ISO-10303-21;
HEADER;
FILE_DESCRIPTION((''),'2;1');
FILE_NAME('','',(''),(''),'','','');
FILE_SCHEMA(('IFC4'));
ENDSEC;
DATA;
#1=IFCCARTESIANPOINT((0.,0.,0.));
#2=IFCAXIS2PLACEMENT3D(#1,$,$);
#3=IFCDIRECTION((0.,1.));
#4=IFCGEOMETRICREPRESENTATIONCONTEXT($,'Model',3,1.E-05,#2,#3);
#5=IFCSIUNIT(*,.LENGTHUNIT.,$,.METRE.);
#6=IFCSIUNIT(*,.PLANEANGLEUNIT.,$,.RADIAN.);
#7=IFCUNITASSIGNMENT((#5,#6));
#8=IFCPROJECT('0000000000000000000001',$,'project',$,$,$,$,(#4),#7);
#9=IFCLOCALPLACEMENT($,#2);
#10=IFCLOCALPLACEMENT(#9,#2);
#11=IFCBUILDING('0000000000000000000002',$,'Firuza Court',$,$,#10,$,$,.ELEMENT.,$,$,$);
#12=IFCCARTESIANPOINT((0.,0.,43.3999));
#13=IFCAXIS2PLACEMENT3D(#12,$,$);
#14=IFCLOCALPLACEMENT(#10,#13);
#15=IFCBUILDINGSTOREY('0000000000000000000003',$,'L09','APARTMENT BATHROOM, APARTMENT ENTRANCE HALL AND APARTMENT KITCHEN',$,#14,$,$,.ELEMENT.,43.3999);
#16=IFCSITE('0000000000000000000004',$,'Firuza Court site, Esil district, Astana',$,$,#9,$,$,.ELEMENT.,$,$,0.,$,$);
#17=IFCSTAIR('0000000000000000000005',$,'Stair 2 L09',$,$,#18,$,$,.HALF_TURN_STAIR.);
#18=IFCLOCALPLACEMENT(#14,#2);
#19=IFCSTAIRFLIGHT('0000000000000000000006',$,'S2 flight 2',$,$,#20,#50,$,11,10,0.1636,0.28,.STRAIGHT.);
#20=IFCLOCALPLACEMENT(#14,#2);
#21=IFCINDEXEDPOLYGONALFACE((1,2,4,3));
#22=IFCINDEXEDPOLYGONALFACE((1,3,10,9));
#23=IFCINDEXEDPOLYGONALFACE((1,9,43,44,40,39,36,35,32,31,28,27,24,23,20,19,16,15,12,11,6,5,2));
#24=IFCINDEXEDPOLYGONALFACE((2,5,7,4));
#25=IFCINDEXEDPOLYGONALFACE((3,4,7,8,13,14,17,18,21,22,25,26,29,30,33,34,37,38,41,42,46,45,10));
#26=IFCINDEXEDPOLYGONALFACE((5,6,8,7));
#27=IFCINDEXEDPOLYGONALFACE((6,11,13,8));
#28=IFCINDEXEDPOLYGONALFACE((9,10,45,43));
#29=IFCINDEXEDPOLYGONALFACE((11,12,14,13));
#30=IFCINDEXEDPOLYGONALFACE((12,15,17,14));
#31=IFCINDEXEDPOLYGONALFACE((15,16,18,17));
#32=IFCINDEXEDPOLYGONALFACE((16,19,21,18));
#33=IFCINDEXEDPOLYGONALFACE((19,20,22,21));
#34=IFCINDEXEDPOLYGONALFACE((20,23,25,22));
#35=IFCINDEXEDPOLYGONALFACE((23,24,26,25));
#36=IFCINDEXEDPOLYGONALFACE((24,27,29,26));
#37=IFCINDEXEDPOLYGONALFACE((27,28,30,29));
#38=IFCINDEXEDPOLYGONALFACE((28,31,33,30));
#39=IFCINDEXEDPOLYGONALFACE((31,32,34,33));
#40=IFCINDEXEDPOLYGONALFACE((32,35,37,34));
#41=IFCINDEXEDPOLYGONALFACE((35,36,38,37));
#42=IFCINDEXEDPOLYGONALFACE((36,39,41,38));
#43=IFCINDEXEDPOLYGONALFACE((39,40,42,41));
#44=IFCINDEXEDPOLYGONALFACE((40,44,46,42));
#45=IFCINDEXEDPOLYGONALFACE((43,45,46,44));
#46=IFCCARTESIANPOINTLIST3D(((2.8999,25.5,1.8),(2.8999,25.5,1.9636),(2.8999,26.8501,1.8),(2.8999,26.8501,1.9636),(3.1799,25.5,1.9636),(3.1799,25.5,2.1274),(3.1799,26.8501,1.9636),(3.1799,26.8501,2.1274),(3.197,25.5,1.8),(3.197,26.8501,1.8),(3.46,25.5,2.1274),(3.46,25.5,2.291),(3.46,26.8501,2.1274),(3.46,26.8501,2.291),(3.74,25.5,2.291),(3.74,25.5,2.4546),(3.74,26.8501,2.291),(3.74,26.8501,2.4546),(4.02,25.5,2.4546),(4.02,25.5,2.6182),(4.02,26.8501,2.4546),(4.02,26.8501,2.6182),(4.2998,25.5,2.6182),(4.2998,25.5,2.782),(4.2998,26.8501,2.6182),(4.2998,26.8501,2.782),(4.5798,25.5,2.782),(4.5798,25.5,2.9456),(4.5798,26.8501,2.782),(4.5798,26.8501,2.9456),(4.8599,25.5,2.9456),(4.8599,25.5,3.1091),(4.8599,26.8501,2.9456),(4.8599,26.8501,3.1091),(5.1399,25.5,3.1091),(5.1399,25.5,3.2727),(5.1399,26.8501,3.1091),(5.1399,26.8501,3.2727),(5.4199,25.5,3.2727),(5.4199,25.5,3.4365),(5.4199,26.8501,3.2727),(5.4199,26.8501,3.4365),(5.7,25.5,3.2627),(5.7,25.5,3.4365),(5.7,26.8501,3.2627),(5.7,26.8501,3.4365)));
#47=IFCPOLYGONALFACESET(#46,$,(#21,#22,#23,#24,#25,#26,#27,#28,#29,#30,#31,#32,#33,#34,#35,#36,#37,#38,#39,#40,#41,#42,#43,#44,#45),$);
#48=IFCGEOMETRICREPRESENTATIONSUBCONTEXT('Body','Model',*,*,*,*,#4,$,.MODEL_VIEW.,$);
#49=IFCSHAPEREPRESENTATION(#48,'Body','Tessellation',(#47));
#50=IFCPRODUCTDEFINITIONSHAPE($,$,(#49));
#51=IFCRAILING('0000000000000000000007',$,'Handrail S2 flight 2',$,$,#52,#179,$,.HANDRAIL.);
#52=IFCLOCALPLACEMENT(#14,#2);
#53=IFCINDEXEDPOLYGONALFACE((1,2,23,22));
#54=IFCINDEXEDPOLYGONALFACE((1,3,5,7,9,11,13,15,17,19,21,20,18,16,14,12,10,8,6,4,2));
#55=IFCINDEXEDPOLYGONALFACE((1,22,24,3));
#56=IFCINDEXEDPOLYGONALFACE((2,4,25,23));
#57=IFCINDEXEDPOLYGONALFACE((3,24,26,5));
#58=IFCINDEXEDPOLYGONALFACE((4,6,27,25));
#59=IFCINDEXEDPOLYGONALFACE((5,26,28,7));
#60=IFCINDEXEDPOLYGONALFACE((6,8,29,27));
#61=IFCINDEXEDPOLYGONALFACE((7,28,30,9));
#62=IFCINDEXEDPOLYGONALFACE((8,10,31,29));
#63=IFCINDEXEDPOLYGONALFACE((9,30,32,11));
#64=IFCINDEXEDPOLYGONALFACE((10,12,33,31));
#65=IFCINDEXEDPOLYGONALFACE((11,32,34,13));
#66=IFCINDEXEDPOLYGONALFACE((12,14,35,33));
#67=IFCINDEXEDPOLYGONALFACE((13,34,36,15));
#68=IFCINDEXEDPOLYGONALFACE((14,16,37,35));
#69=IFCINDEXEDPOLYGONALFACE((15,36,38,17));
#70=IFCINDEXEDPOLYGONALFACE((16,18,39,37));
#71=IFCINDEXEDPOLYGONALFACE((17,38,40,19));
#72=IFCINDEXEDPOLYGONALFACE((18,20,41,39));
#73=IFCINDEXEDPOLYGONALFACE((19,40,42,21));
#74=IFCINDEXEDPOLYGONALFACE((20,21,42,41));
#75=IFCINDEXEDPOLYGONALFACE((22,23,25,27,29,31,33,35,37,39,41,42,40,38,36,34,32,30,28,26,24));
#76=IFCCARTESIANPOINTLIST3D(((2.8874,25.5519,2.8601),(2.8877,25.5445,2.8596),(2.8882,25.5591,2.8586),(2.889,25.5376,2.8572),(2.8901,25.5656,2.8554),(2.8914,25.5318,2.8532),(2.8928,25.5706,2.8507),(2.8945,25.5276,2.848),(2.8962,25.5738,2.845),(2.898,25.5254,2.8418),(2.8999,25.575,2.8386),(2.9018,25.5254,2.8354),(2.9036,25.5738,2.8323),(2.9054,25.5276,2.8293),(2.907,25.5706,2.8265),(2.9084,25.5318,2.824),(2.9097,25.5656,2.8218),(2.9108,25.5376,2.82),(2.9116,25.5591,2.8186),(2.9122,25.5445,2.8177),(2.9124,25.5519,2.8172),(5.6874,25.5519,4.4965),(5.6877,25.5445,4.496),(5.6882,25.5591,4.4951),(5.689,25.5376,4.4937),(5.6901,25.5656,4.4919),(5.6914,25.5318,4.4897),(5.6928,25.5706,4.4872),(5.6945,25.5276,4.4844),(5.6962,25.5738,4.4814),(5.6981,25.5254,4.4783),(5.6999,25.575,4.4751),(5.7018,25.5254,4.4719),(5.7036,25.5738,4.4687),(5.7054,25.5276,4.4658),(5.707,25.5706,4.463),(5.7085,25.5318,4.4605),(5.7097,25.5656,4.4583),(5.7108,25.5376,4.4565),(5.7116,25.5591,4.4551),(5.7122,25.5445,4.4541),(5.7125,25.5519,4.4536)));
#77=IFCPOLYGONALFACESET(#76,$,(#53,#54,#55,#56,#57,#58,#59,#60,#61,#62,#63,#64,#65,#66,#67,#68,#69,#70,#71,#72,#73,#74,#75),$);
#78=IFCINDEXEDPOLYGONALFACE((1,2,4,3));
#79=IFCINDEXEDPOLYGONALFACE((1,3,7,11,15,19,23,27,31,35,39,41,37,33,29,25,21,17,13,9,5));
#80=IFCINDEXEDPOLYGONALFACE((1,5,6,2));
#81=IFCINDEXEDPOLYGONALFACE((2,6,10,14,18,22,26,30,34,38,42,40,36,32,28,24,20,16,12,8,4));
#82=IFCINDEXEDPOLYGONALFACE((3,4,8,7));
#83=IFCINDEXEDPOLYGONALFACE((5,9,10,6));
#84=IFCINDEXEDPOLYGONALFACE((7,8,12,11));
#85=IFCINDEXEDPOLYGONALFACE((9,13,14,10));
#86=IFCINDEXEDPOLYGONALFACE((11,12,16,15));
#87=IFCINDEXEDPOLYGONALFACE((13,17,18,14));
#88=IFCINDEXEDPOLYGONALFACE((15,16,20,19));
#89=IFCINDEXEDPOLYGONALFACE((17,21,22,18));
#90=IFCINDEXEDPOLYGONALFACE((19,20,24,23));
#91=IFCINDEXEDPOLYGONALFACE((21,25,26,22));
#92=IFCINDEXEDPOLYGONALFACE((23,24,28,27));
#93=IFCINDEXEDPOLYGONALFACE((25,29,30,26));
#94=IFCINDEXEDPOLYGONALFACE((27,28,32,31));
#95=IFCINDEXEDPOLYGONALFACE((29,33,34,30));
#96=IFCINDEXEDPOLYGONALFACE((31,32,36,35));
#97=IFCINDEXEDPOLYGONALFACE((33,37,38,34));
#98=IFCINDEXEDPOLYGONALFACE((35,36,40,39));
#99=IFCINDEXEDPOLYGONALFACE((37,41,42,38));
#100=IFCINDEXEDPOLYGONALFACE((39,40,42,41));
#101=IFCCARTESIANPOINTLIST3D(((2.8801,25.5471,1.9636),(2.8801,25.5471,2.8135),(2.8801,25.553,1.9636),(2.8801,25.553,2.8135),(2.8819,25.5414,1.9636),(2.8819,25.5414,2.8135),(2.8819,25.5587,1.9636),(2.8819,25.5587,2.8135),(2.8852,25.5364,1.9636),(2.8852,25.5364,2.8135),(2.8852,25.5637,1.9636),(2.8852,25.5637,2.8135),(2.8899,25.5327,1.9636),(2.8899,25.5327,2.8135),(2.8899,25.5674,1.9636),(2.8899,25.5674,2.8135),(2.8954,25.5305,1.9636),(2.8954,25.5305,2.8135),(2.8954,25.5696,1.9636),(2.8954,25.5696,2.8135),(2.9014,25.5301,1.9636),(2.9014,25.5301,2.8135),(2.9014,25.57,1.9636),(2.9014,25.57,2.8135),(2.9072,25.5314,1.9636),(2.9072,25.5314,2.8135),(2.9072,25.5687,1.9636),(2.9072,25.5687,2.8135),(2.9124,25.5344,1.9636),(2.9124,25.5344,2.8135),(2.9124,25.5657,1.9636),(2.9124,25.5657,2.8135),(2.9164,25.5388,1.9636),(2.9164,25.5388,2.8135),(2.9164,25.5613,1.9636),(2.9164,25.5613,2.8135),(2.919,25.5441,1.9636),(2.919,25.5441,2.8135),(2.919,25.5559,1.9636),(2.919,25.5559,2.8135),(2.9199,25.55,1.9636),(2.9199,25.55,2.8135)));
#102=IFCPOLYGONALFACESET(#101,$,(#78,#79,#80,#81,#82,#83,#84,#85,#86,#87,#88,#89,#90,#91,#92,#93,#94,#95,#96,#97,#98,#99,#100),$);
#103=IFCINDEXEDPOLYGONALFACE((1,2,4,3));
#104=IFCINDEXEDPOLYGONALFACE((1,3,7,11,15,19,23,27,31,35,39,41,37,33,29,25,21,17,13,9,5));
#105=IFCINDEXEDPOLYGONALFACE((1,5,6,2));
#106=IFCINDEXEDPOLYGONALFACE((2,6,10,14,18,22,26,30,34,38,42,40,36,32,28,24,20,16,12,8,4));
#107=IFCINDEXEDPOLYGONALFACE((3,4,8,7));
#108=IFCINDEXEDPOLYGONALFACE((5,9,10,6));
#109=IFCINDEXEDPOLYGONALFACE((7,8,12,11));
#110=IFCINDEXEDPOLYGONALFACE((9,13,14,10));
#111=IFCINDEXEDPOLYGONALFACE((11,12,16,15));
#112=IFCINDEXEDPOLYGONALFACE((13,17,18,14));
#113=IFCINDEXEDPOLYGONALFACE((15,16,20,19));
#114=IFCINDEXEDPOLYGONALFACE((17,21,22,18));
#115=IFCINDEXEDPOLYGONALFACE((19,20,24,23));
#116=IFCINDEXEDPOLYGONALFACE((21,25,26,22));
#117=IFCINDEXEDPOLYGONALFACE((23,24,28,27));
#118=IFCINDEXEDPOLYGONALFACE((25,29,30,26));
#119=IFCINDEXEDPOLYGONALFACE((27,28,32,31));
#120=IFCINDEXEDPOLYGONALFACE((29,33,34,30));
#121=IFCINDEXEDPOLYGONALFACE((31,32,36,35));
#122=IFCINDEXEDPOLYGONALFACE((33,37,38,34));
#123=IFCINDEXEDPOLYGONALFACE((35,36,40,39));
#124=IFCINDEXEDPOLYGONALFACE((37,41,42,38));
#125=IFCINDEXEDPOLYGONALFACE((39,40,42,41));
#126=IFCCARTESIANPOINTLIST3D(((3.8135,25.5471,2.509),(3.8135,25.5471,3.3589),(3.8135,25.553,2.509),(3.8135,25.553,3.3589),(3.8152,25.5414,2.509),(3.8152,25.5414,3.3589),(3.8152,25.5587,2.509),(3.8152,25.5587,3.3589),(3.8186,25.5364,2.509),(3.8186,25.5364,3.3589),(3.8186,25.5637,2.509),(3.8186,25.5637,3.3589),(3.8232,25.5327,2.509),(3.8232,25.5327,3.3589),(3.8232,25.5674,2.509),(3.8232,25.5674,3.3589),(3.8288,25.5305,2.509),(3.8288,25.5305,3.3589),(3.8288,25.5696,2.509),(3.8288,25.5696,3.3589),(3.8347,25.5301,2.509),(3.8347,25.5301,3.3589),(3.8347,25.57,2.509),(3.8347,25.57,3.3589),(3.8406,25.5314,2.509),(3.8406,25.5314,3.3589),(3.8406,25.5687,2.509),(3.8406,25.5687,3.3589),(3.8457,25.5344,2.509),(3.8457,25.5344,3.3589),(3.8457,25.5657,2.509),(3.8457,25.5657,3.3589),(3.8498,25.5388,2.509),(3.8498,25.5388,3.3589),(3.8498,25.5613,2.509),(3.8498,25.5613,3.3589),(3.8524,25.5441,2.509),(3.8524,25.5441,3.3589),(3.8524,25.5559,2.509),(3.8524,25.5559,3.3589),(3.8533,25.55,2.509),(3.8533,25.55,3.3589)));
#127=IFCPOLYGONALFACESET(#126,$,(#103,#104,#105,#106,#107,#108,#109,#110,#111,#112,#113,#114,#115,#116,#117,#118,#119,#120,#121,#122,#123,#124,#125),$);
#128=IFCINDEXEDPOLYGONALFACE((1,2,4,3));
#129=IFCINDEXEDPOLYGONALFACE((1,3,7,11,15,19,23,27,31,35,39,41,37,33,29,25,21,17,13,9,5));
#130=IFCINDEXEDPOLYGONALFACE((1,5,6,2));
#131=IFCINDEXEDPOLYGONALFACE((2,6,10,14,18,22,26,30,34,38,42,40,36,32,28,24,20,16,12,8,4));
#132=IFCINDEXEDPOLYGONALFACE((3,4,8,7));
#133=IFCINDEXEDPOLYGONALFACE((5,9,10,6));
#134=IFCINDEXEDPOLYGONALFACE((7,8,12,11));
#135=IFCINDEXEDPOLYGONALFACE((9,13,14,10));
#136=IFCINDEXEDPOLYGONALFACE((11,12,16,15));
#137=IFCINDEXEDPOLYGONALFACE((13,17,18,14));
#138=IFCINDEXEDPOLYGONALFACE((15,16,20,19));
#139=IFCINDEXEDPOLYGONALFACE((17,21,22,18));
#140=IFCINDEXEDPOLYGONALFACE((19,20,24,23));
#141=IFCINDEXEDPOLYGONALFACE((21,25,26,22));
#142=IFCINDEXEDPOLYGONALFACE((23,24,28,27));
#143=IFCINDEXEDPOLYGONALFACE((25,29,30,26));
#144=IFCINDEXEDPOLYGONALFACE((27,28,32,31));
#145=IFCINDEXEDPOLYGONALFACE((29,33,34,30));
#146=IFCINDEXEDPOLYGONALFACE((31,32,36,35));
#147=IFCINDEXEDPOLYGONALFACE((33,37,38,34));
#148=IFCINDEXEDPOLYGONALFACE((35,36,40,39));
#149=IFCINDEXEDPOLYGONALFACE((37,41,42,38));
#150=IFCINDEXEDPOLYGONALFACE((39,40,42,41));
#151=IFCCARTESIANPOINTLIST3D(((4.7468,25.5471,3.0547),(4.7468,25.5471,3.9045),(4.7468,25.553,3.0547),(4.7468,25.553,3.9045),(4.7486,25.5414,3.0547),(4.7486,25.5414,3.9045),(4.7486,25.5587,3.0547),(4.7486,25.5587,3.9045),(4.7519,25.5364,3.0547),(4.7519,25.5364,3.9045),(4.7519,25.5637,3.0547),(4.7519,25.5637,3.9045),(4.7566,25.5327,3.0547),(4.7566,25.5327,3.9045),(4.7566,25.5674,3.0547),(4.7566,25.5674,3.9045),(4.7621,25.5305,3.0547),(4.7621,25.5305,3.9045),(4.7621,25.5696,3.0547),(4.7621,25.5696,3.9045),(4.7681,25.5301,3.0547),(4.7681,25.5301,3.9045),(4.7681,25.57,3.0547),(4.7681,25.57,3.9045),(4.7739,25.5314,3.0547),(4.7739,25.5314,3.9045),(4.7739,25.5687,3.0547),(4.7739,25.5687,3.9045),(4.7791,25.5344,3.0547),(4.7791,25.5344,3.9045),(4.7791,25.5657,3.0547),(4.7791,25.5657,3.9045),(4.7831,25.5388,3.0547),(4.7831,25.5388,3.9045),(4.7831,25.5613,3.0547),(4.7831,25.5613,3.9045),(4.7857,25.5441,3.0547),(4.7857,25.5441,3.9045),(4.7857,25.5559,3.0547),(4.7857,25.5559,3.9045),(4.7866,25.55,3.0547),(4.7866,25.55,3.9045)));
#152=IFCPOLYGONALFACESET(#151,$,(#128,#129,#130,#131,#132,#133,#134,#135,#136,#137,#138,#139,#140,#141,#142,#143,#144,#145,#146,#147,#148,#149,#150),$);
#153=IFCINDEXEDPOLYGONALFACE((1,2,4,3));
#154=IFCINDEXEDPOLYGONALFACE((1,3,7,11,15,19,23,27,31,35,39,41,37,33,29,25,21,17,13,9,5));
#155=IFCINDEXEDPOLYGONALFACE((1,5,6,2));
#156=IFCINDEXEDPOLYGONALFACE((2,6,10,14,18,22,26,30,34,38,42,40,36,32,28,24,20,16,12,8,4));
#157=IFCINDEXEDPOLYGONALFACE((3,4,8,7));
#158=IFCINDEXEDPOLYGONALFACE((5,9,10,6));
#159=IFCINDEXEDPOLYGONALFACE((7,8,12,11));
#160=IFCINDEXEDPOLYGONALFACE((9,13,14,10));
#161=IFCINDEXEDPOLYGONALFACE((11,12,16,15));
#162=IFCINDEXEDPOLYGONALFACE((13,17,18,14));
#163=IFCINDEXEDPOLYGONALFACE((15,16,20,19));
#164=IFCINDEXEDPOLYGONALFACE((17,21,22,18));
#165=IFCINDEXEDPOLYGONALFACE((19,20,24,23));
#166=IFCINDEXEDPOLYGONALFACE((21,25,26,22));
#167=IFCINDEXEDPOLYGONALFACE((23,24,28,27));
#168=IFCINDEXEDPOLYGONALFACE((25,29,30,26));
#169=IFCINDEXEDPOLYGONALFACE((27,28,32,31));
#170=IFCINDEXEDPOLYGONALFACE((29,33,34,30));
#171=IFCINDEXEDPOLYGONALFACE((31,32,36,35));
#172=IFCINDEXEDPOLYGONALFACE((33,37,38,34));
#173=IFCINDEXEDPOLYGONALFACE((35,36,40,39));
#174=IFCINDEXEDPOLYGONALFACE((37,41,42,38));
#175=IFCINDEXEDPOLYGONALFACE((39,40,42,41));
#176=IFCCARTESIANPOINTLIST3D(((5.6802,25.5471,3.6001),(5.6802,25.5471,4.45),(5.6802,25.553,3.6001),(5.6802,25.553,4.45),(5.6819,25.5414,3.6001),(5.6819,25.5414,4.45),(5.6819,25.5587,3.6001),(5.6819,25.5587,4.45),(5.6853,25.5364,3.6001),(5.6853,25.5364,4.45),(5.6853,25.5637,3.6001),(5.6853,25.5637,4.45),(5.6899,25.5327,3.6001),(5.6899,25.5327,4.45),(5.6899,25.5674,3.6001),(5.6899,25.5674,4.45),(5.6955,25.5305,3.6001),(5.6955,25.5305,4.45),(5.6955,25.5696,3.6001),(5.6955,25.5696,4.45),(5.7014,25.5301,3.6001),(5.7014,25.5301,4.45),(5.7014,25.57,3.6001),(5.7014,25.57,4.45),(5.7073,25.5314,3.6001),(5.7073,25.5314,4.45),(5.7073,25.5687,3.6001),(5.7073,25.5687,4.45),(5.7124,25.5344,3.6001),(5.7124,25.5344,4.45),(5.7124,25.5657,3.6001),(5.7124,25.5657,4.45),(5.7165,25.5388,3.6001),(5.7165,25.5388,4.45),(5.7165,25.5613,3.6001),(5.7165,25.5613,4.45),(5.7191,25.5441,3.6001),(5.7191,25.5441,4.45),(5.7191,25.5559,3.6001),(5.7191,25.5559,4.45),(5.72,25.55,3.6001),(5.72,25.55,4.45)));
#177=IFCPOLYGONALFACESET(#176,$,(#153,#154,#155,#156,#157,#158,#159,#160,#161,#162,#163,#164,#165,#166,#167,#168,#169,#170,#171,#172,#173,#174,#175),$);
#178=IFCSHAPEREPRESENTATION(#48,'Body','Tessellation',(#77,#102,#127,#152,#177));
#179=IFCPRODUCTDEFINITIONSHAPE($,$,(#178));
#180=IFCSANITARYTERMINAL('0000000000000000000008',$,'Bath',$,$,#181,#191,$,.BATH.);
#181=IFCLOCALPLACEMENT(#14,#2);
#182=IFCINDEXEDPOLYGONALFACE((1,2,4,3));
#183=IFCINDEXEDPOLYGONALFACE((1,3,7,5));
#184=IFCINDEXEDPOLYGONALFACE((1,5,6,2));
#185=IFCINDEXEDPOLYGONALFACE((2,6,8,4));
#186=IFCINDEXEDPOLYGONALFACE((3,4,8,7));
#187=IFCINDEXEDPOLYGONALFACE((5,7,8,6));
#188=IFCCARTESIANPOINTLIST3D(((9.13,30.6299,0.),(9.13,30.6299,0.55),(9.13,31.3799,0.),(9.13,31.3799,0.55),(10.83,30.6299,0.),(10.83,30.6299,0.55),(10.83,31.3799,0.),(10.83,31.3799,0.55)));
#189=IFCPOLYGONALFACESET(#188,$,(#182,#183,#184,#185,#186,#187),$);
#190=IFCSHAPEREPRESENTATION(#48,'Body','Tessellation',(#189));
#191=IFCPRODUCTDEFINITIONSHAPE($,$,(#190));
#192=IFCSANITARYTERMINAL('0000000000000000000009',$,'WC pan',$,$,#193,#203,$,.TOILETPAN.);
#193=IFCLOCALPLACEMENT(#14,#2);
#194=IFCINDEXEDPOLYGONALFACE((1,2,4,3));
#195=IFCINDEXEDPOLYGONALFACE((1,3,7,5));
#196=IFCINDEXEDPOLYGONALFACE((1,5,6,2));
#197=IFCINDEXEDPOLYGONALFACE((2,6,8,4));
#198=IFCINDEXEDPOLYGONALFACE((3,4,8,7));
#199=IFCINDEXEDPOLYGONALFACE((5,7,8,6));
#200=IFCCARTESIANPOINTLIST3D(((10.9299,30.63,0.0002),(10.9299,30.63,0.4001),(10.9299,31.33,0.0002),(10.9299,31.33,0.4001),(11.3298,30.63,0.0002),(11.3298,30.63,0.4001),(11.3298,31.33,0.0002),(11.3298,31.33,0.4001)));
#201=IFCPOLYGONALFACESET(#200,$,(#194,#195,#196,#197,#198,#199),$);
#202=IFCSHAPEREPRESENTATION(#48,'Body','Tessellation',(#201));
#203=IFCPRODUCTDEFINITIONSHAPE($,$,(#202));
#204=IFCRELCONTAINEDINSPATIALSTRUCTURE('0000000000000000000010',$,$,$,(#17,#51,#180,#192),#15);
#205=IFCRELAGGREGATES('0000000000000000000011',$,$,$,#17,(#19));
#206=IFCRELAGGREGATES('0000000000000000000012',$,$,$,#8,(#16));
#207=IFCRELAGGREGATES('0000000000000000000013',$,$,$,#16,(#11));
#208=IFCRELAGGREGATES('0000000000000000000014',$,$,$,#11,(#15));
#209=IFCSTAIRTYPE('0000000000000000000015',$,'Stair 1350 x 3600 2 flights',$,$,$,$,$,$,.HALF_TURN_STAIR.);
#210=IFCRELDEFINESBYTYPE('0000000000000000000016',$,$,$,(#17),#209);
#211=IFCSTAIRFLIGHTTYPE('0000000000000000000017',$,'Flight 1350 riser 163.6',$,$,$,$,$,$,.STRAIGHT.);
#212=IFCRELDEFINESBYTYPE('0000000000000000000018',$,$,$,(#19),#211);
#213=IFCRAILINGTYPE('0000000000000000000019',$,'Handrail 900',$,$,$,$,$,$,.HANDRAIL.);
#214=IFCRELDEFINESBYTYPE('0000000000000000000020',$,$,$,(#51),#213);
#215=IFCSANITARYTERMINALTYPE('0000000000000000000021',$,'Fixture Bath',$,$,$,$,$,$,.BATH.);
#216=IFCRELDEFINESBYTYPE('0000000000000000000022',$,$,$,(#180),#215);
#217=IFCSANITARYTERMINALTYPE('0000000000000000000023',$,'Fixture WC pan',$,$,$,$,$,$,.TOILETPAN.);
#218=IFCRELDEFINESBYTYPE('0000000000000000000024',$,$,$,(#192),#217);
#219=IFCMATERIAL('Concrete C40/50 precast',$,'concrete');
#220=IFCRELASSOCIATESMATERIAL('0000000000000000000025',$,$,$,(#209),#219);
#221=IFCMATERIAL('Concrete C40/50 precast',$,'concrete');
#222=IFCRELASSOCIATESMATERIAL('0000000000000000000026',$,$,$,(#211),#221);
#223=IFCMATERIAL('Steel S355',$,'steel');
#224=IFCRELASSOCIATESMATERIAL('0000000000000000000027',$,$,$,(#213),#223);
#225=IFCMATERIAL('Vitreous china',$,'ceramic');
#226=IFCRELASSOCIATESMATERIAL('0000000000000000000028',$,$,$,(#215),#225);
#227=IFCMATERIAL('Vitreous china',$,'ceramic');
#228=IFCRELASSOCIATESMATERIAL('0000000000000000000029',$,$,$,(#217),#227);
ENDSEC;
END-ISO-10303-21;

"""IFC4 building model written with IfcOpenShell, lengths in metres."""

from ifc_helpers import new_model, si_unit, direction, frame, origin, origin_2d, place, context, subcontext, project, spatial, polyline, rectangle, circle, outline, extrude, material, type_object, element, aggregate, save


model = new_model("IFC4")

# Units and contexts
model_context = context("Model", 3, precision=1e-05, world=origin(), true_north=direction((0.0, 1.0)))
body_context = subcontext(model_context, "Body", "Model", "MODEL_VIEW")
ifc_project = project(units=[si_unit("LENGTHUNIT", "METRE"), si_unit("PLANEANGLEUNIT", "RADIAN")], contexts=[model_context])

# Site, building, storey
site_placement = place(None, origin())
site = spatial("IfcSite", under=ifc_project, at=site_placement, Name="Firuza Court site, Esil district, Astana", CompositionType="ELEMENT", RefElevation=0.0)
building_placement = place(site_placement, origin())
building = spatial("IfcBuilding", under=site, at=building_placement, Name="Firuza Court", CompositionType="ELEMENT")
storey_placement = place(building_placement, frame((0.0, 0.0, 43.3999)))
storey = spatial("IfcBuildingStorey", under=building, at=storey_placement, Name="L09", Description="APARTMENT BATHROOM, APARTMENT ENTRANCE HALL AND APARTMENT KITCHEN", CompositionType="ELEMENT", Elevation=43.3999)

# Stair, stair flight
ifc_material_1 = material(Name="Concrete C40/50 precast", Category="concrete")
stair_type = type_object("IfcStairType", Name="Stair 1350 x 3600 2 flights", PredefinedType="HALF_TURN_STAIR", material=ifc_material_1)
stair_placement = place(storey_placement, origin())
stair = element("IfcStair", 1, at=stair_placement, inside=storey, type_object=stair_type, Name="Stair 2 L09", PredefinedType="HALF_TURN_STAIR")
ifc_material_2 = material(Name="Concrete C40/50 precast", Category="concrete")
stair_flight_type = type_object("IfcStairFlightType", Name="Flight 1350 riser 163.6", PredefinedType="STRAIGHT", material=ifc_material_2)
stair_flight_placement = place(storey_placement, frame((2.8999, 26.175, 1.8), z_axis=(0.0, 0.0, 1.0), x_axis=(1.0, 0.0, 0.0)))
stair_flight = element("IfcStairFlight", 2, at=stair_flight_placement, type_object=stair_flight_type, Name="S2 flight 2", NumberOfRisers=11, NumberOfTreads=10, PredefinedType="STRAIGHT", RiserHeight=0.1636, TreadLength=0.28, context=body_context, shape_type="SweptSolid", body=[
    extrude(outline(polyline([(0.0, 0.0), (0.0, 0.1636), (0.28, 0.1636), (0.28, 0.3274), (0.5601, 0.3274), (0.5601, 0.491), (0.8401, 0.491), (0.8401, 0.6545), (1.1201, 0.6545), (1.1201, 0.8181), (1.3999, 0.8181), (1.3999, 0.9819), (1.6799, 0.9819), (1.6799, 1.1455), (1.96, 1.1455), (1.96, 1.3091), (2.24, 1.3091), (2.24, 1.4727), (2.52, 1.4727), (2.52, 1.6365), (2.8, 1.6365), (2.8, 1.8), (2.8, 1.4626), (0.2971, 0.0), (0.0, 0.0)])), frame((0.0, 0.675, 0.0), z_axis=(0.0, -1.0, 0.0), x_axis=(1.0, 0.0, 0.0)), (0.0, 0.0, 1.0), 1.3501),
])
aggregate(stair, [stair_flight])

# Railing
ifc_material_3 = material(Name="Steel S355", Category="steel")
railing_type = type_object("IfcRailingType", Name="Handrail 900", PredefinedType="HANDRAIL", material=ifc_material_3)
railing_placement = place(storey_placement, frame((2.8999, 25.55, 1.9636)))
element("IfcRailing", 3, at=railing_placement, inside=storey, type_object=railing_type, Name="Handrail S2 flight 2", PredefinedType="HANDRAIL", context=body_context, shape_type="SweptSolid", body=[
    extrude(circle(Radius=0.0249, at=origin_2d()), frame((0.0, 0.0, 0.875), z_axis=(0.863361, 0.0, 0.504587), x_axis=(0.0, 1.0, 0.0)), (0.0, 0.0, 1.0), 3.2432),
    extrude(circle(Radius=0.02, at=origin_2d()), origin(), (0.0, 0.0, 1.0), 0.8499),
    extrude(circle(Radius=0.02, at=origin_2d()), frame((0.9333, 0.0, 0.5454)), (0.0, 0.0, 1.0), 0.8499),
    extrude(circle(Radius=0.02, at=origin_2d()), frame((1.8667, 0.0, 1.0911)), (0.0, 0.0, 1.0), 0.8499),
    extrude(circle(Radius=0.02, at=origin_2d()), frame((2.8, 0.0, 1.6365)), (0.0, 0.0, 1.0), 0.8499),
])

# Sanitary terminals
ifc_material_4 = material(Name="Vitreous china", Category="ceramic")
sanitary_terminal_type_1 = type_object("IfcSanitaryTerminalType", Name="Fixture Bath", PredefinedType="BATH", material=ifc_material_4)
sanitary_terminal_placement = place(storey_placement, frame((9.98, 31.0049, 0.0), z_axis=(0.0, 0.0, 1.0), x_axis=(1.0, 0.0, 0.0)))
element("IfcSanitaryTerminal", 4, at=sanitary_terminal_placement, inside=storey, type_object=sanitary_terminal_type_1, Name="Bath", PredefinedType="BATH", context=body_context, shape_type="SweptSolid", body=[
    extrude(rectangle(XDim=1.7, YDim=0.75, at=origin_2d()), origin(), (0.0, 0.0, 1.0), 0.55),
])
ifc_material_5 = material(Name="Vitreous china", Category="ceramic")
sanitary_terminal_type_2 = type_object("IfcSanitaryTerminalType", Name="Fixture WC pan", PredefinedType="TOILETPAN", material=ifc_material_5)
for number, where, z_axis, x_axis, name in (
    (5, (11.1299, 30.98, 0.0002), (0.0, 0.0, 1.0), (1.0, 0.0, 0.0), "WC pan"),
):
    element("IfcSanitaryTerminal", number, at=place(storey_placement, frame(where, z_axis=z_axis, x_axis=x_axis)), inside=storey, type_object=sanitary_terminal_type_2, Name=name, PredefinedType="TOILETPAN", context=body_context, shape_type="SweptSolid", body=[
        extrude(rectangle(XDim=0.3999, YDim=0.7, at=origin_2d()), origin(), (0.0, 0.0, 1.0), 0.3999),
    ])

save(model, "model.ifc")
